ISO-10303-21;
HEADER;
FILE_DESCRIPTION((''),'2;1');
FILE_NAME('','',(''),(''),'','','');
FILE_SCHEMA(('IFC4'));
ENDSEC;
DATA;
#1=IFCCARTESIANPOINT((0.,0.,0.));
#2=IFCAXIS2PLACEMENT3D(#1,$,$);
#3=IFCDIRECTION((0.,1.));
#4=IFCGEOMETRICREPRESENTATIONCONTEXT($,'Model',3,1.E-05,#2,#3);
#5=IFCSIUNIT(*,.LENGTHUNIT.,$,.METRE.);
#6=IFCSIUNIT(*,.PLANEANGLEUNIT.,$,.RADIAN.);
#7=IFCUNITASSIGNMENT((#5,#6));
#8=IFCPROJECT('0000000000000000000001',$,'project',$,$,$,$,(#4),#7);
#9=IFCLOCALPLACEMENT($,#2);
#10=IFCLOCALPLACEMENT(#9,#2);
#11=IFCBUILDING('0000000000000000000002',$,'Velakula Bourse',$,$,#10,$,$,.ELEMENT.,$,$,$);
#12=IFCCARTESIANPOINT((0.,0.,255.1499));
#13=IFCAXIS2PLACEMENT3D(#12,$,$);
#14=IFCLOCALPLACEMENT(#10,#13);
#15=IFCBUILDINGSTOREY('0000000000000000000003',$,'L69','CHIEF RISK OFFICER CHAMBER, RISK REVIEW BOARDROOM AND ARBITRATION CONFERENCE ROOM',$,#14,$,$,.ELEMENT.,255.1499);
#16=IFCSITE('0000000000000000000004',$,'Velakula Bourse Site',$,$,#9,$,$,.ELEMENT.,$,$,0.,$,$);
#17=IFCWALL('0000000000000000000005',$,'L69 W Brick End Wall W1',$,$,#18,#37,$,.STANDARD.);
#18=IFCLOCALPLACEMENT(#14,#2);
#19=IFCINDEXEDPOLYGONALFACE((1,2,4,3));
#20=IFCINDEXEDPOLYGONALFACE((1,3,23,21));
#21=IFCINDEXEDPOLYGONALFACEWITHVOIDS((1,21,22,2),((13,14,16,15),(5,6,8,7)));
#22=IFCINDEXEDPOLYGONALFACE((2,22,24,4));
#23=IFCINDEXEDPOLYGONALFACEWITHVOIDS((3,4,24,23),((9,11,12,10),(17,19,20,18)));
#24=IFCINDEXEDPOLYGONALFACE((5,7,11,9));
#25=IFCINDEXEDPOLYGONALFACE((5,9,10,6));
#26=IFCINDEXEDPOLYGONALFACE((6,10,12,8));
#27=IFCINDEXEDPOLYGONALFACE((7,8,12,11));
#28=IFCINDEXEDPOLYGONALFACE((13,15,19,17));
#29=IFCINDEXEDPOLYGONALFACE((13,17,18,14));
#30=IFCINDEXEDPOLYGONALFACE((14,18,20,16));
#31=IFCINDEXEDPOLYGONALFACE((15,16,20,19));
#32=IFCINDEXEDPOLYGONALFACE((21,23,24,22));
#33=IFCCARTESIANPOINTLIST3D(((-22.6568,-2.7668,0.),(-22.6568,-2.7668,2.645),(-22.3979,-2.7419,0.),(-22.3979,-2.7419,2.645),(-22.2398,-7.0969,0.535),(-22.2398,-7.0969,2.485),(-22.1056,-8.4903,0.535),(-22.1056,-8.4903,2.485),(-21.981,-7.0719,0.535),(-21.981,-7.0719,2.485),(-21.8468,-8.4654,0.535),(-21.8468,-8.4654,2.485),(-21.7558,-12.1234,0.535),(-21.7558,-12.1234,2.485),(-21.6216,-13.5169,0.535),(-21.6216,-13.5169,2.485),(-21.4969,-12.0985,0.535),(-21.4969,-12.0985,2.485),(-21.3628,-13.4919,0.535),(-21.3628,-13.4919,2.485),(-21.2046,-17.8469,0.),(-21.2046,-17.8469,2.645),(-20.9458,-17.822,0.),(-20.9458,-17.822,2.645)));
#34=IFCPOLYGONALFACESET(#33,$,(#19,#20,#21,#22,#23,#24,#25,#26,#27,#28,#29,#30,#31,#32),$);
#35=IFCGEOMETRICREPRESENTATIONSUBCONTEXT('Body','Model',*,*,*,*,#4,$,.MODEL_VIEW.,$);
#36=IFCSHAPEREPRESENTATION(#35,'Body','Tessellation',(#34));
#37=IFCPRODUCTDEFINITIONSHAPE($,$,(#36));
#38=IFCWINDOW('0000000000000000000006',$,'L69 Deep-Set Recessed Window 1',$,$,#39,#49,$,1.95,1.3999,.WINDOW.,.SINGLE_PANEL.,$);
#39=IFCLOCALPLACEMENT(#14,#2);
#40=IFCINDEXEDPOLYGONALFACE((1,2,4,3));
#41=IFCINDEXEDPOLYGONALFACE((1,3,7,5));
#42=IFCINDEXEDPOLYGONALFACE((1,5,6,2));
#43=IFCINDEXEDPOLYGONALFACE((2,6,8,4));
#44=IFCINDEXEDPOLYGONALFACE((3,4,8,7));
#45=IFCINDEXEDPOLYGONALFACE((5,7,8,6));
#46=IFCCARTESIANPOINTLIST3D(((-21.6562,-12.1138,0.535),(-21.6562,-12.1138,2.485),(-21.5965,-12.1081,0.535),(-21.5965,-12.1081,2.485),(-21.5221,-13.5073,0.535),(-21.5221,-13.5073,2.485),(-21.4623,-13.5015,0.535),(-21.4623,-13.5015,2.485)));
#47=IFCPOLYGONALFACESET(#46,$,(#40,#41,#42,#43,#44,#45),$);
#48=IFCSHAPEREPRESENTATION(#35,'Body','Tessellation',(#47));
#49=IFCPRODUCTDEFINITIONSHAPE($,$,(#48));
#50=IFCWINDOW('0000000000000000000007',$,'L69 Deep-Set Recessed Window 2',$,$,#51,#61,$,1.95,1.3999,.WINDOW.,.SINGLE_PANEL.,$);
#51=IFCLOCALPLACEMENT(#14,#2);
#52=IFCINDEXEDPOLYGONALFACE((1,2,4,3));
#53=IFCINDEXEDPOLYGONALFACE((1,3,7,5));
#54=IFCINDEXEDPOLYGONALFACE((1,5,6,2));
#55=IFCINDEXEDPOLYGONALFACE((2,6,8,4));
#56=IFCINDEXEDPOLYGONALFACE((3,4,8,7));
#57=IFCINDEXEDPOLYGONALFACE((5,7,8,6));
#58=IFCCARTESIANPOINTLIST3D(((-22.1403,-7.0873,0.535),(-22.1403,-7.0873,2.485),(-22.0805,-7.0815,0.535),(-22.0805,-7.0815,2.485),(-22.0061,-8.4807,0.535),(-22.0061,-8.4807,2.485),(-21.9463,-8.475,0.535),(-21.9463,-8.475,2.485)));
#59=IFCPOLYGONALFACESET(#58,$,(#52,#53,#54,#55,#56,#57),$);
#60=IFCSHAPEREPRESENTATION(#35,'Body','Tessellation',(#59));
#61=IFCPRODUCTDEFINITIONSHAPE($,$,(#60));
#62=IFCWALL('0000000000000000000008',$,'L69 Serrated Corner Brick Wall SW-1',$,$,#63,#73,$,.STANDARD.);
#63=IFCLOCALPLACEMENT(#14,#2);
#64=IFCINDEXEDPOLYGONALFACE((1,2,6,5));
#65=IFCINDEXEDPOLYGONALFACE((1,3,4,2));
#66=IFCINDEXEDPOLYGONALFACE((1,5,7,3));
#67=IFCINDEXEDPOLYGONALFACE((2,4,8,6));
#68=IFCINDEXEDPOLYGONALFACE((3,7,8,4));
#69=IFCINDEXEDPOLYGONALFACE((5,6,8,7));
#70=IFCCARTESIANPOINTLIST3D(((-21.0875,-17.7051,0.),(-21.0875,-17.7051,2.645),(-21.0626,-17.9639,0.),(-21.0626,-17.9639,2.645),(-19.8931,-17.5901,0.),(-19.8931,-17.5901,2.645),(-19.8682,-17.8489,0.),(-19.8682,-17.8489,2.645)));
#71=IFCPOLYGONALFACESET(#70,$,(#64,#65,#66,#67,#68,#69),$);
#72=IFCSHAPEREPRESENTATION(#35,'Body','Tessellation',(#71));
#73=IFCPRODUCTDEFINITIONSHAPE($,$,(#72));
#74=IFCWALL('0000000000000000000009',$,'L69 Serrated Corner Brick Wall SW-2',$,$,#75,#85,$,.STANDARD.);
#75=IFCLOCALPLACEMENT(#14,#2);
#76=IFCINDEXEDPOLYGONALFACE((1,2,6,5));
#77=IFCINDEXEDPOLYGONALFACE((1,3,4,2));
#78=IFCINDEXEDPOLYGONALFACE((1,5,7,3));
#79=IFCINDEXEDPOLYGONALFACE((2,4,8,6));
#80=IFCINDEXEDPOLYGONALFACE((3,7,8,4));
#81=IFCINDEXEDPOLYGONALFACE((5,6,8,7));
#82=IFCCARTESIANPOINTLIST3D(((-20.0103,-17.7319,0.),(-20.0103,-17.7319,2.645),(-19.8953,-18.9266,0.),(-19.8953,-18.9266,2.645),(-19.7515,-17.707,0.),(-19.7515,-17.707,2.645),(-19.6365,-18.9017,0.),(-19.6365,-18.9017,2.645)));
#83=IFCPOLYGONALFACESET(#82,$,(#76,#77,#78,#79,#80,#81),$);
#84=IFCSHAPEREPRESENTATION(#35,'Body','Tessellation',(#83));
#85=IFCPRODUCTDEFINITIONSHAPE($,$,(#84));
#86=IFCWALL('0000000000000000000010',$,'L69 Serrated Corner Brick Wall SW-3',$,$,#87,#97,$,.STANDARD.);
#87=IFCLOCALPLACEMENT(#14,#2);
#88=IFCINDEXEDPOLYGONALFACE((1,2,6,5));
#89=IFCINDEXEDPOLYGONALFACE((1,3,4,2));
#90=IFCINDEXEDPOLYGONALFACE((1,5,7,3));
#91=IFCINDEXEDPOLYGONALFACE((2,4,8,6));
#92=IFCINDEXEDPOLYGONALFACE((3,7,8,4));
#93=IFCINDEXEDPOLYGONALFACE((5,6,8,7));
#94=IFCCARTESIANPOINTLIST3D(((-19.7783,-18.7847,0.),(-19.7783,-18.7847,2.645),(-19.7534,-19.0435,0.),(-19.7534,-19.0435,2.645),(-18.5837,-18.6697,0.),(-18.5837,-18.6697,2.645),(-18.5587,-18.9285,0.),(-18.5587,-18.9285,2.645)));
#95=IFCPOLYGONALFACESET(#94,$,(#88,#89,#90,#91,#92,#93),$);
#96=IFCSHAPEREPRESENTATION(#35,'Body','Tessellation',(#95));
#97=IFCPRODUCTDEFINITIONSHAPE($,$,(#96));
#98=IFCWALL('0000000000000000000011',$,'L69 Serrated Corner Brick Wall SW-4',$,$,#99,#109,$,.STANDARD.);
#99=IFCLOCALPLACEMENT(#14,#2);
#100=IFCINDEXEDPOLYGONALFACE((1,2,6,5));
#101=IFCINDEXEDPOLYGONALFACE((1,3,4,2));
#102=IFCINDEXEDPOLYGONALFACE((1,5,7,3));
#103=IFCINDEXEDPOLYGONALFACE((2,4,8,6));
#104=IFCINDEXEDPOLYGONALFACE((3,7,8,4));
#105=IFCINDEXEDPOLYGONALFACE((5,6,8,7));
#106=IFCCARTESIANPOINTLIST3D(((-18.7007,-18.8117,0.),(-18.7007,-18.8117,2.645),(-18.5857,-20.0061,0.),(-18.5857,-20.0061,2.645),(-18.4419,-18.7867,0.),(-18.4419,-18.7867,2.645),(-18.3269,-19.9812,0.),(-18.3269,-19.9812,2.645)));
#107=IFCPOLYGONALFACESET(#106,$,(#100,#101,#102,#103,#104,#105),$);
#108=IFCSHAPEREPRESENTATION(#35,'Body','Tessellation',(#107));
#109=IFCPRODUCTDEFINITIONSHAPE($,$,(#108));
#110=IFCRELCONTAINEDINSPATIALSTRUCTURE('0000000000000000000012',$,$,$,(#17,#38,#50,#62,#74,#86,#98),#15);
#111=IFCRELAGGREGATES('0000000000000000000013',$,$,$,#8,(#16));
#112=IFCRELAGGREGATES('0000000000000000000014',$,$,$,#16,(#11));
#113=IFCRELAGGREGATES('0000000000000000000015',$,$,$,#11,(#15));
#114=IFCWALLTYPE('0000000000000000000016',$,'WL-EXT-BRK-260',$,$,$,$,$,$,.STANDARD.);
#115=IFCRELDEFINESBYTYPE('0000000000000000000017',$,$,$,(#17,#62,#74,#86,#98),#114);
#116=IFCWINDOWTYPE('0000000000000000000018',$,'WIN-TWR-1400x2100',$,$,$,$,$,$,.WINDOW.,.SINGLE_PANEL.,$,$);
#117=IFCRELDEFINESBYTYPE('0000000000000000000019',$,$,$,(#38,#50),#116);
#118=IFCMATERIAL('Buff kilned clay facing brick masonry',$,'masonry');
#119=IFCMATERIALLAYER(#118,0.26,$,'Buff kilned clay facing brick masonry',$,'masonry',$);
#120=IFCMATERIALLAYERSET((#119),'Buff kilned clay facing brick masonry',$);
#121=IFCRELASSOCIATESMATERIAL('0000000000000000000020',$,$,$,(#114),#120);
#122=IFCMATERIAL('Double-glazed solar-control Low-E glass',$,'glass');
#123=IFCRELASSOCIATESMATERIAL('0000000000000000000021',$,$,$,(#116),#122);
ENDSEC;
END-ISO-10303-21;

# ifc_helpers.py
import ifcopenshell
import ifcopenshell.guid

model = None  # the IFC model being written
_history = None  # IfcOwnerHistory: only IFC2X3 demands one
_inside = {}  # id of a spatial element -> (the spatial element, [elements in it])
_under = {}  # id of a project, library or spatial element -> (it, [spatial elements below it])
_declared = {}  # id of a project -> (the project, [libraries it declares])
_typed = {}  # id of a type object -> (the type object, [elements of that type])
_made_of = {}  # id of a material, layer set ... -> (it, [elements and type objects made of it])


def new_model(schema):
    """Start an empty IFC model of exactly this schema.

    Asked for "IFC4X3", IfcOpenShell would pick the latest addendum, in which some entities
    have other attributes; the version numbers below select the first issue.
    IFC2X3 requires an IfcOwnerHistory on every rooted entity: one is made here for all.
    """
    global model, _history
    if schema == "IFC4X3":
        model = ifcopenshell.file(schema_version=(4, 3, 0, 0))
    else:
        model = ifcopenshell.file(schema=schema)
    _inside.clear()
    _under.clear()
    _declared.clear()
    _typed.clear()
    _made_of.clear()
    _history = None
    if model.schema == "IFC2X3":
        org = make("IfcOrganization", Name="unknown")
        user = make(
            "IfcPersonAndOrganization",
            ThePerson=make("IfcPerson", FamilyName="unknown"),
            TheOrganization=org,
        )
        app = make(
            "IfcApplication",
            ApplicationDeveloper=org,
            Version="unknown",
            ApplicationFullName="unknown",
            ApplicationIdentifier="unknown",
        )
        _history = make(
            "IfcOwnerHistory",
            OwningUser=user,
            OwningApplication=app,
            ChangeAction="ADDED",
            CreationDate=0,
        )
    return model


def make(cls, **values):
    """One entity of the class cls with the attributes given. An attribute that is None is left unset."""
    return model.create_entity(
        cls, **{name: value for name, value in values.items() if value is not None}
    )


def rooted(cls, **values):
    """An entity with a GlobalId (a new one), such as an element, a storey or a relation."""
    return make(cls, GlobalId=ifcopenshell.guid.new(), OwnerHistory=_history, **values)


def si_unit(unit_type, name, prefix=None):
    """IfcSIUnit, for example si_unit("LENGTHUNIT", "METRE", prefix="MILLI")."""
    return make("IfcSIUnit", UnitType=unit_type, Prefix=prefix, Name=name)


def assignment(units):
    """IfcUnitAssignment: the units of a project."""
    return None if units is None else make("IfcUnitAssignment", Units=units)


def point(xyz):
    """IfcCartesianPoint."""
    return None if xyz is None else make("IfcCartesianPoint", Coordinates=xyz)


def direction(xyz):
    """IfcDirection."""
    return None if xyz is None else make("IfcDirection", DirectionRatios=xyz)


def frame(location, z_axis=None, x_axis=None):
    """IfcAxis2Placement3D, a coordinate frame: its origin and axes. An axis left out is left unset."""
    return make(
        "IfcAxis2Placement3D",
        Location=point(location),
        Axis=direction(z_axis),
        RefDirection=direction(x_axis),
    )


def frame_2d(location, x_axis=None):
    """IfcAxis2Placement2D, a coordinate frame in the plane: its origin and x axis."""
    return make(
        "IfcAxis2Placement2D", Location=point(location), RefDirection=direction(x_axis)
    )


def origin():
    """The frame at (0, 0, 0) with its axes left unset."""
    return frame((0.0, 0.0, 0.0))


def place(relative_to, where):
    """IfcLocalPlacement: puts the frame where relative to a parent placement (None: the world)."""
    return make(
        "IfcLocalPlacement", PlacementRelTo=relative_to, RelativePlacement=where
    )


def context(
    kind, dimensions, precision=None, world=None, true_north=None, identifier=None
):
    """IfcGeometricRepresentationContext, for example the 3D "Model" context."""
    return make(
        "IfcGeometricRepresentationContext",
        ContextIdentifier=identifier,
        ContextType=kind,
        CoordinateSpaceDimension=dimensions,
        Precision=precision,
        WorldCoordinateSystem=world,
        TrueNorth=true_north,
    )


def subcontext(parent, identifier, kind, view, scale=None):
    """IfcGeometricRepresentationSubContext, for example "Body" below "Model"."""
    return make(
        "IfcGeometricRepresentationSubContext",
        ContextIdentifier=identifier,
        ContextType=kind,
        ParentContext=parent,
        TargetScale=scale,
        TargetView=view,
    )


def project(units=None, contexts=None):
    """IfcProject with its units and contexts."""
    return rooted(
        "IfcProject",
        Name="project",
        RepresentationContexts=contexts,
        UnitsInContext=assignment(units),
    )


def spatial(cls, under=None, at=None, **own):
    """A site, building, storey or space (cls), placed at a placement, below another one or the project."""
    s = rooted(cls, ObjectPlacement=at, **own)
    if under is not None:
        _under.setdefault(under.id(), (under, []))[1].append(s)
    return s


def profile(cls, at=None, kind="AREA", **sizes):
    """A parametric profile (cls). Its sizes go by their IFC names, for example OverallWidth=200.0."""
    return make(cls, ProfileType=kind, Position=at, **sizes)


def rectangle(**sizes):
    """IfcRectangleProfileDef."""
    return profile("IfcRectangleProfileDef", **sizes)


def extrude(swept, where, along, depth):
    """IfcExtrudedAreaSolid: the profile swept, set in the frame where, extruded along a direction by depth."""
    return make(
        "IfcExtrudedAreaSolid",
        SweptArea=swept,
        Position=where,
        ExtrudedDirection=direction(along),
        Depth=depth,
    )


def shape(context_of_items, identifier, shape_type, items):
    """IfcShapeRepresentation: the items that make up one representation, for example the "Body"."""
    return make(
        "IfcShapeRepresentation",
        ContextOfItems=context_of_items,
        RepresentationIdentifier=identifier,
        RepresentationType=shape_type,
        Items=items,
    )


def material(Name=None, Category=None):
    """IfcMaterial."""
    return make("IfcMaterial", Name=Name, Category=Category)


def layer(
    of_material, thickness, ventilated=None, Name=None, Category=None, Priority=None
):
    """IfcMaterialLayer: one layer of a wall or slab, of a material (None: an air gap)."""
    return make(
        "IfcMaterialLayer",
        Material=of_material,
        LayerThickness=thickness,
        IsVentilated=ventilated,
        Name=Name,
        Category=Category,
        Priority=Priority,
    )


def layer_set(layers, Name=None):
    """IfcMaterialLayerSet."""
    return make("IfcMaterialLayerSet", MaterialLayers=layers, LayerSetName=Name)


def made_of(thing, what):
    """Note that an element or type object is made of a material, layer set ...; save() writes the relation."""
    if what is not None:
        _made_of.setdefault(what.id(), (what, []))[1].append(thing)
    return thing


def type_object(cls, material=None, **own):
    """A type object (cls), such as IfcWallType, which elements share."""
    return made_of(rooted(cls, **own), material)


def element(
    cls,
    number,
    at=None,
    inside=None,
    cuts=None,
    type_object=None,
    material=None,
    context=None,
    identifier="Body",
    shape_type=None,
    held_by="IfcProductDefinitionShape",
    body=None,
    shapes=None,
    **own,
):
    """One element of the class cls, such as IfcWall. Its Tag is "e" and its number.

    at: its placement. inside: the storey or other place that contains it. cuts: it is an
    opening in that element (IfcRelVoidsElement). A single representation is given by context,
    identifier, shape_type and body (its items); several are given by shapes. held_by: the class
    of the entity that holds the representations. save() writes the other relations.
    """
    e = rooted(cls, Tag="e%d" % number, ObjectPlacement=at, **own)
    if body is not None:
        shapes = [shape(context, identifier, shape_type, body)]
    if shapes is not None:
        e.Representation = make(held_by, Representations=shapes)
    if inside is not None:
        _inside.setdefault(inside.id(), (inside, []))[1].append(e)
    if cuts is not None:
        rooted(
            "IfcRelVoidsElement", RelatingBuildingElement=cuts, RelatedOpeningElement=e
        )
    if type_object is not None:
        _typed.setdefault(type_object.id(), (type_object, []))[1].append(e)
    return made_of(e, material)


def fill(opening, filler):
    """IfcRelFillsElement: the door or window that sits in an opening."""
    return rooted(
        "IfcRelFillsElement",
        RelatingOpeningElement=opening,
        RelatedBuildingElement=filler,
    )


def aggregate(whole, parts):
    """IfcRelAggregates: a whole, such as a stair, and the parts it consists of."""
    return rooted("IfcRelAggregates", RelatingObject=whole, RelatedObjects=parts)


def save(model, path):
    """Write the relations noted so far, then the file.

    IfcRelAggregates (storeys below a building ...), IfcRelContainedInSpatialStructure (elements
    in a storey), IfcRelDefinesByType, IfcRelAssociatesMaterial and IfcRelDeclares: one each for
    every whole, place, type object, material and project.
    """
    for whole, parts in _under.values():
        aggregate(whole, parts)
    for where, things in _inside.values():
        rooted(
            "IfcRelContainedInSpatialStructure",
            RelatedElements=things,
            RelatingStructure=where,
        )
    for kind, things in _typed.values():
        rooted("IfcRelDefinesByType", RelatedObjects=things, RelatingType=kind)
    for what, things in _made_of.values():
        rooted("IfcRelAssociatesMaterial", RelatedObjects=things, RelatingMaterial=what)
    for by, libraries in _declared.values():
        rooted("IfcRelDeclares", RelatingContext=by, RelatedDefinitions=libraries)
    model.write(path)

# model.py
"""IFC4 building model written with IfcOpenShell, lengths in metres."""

from ifc_helpers import new_model, si_unit, direction, frame, frame_2d, origin, place, context, subcontext, project, spatial, rectangle, extrude, material, layer, layer_set, type_object, element, fill, save


model = new_model("IFC4")

# Units and contexts
model_context = context("Model", 3, precision=1e-05, world=origin(), true_north=direction((0.0, 1.0)))
body_context = subcontext(model_context, "Body", "Model", "MODEL_VIEW")
ifc_project = project(units=[si_unit("LENGTHUNIT", "METRE"), si_unit("PLANEANGLEUNIT", "RADIAN")], contexts=[model_context])

# Site, building, storey
site_placement = place(None, origin())
site = spatial("IfcSite", under=ifc_project, at=site_placement, Name="Velakula Bourse Site", CompositionType="ELEMENT", RefElevation=0.0)
building_placement = place(site_placement, origin())
building = spatial("IfcBuilding", under=site, at=building_placement, Name="Velakula Bourse", CompositionType="ELEMENT")
storey_placement = place(building_placement, frame((0.0, 0.0, 255.1499)))
storey = spatial("IfcBuildingStorey", under=building, at=storey_placement, Name="L69", Description="CHIEF RISK OFFICER CHAMBER, RISK REVIEW BOARDROOM AND ARBITRATION CONFERENCE ROOM", CompositionType="ELEMENT", Elevation=255.1499)

# Wall, openings, windows
ifc_material_1 = material(Name="Buff kilned clay facing brick masonry", Category="masonry")
ifc_layer = layer(ifc_material_1, 0.26, Name="Buff kilned clay facing brick masonry", Category="masonry")
ifc_layer_set = layer_set([ifc_layer], Name="Buff kilned clay facing brick masonry")
wall_type = type_object("IfcWallType", Name="WL-EXT-BRK-260", PredefinedType="STANDARD", material=ifc_layer_set)
wall_1_placement = place(storey_placement, frame((-21.0752, -17.8345, 0.0), z_axis=(0.0, 0.0, 1.0), x_axis=(-0.095852, 0.995396, 0.0)))
wall_1 = element("IfcWall", 1, at=wall_1_placement, inside=storey, type_object=wall_type, Name="L69 W Brick End Wall W1", PredefinedType="STANDARD", context=body_context, shape_type="SweptSolid", body=[
    extrude(rectangle(XDim=15.1499, YDim=0.26, at=frame_2d((7.575, 0.0))), origin(), (0.0, 0.0, 1.0), 2.645),
])
opening_1_placement = place(wall_1_placement, frame((4.3501, 0.0, 0.5349)))
opening_1 = element("IfcOpeningElement", 2, at=opening_1_placement, cuts=wall_1, PredefinedType="OPENING", context=body_context, shape_type="SweptSolid", body=[
    extrude(rectangle(XDim=1.3999, YDim=1.95, at=frame_2d((0.7, 0.9751))), frame((0.0, 0.1399, 0.0), z_axis=(0.0, -1.0, 0.0), x_axis=(1.0, 0.0, 0.0)), (0.0, 0.0, 1.0), 0.28),
])
opening_2_placement = place(wall_1_placement, frame((9.3999, 0.0, 0.5349)))
opening_2 = element("IfcOpeningElement", 3, at=opening_2_placement, cuts=wall_1, PredefinedType="OPENING", context=body_context, shape_type="SweptSolid", body=[
    extrude(rectangle(XDim=1.3999, YDim=1.95, at=frame_2d((0.7, 0.9751))), frame((0.0, 0.1399, 0.0), z_axis=(0.0, -1.0, 0.0), x_axis=(1.0, 0.0, 0.0)), (0.0, 0.0, 1.0), 0.28),
])
ifc_material_2 = material(Name="Double-glazed solar-control Low-E glass", Category="glass")
window_type = type_object("IfcWindowType", Name="WIN-TWR-1400x2100", PartitioningType="SINGLE_PANEL", PredefinedType="WINDOW", material=ifc_material_2)
window_1_placement = place(opening_1_placement, origin())
window_1 = element("IfcWindow", 4, at=window_1_placement, inside=storey, type_object=window_type, Name="L69 Deep-Set Recessed Window 1", OverallHeight=1.95, OverallWidth=1.3999, PartitioningType="SINGLE_PANEL", PredefinedType="WINDOW", context=body_context, shape_type="SweptSolid", body=[
    extrude(rectangle(XDim=1.3999, YDim=1.95, at=frame_2d((0.7, 0.9751))), frame((0.0, 0.03, 0.0), z_axis=(0.0, -1.0, 0.0), x_axis=(1.0, 0.0, 0.0)), (0.0, 0.0, 1.0), 0.0601),
])
fill(opening_1, window_1)
window_2_placement = place(opening_2_placement, origin())
window_2 = element("IfcWindow", 5, at=window_2_placement, inside=storey, type_object=window_type, Name="L69 Deep-Set Recessed Window 2", OverallHeight=1.95, OverallWidth=1.3999, PartitioningType="SINGLE_PANEL", PredefinedType="WINDOW", context=body_context, shape_type="SweptSolid", body=[
    extrude(rectangle(XDim=1.3999, YDim=1.95, at=frame_2d((0.7, 0.9751))), frame((0.0, 0.03, 0.0), z_axis=(0.0, -1.0, 0.0), x_axis=(1.0, 0.0, 0.0)), (0.0, 0.0, 1.0), 0.0601),
])
fill(opening_2, window_2)

# Walls
wall_2_placement = place(storey_placement, frame((-21.0752, -17.8345, 0.0), z_axis=(0.0, 0.0, 1.0), x_axis=(0.995397, 0.095836, 0.0)))
element("IfcWall", 6, at=wall_2_placement, inside=storey, type_object=wall_type, Name="L69 Serrated Corner Brick Wall SW-1", PredefinedType="STANDARD", context=body_context, shape_type="SweptSolid", body=[
    extrude(rectangle(XDim=1.2, YDim=0.26, at=frame_2d((0.6001, 0.0))), origin(), (0.0, 0.0, 1.0), 2.645),
])
for number, where, z_axis, x_axis, name in (
    (7, (-19.8809, -17.7195, 0.0), (0.0, 0.0, 1.0), (0.095817, -0.995399, 0.0), "L69 Serrated Corner Brick Wall SW-2"),
    (8, (-19.7659, -18.9141, 0.0), (0.0, 0.0, 1.0), (0.995399, 0.095817, 0.0), "L69 Serrated Corner Brick Wall SW-3"),
):
    element("IfcWall", number, at=place(storey_placement, frame(where, z_axis=z_axis, x_axis=x_axis)), inside=storey, type_object=wall_type, Name=name, PredefinedType="STANDARD", context=body_context, shape_type="SweptSolid", body=[
        extrude(rectangle(XDim=1.2002, YDim=0.26, at=frame_2d((0.6001, 0.0))), origin(), (0.0, 0.0, 1.0), 2.645),
    ])
wall_3_placement = place(storey_placement, frame((-18.5713, -18.7991, 0.0), z_axis=(0.0, 0.0, 1.0), x_axis=(0.095836, -0.995397, 0.0)))
element("IfcWall", 9, at=wall_3_placement, inside=storey, type_object=wall_type, Name="L69 Serrated Corner Brick Wall SW-4", PredefinedType="STANDARD", context=body_context, shape_type="SweptSolid", body=[
    extrude(rectangle(XDim=1.2, YDim=0.26, at=frame_2d((0.6001, 0.0))), origin(), (0.0, 0.0, 1.0), 2.645),
])

save(model, "model.ifc")
